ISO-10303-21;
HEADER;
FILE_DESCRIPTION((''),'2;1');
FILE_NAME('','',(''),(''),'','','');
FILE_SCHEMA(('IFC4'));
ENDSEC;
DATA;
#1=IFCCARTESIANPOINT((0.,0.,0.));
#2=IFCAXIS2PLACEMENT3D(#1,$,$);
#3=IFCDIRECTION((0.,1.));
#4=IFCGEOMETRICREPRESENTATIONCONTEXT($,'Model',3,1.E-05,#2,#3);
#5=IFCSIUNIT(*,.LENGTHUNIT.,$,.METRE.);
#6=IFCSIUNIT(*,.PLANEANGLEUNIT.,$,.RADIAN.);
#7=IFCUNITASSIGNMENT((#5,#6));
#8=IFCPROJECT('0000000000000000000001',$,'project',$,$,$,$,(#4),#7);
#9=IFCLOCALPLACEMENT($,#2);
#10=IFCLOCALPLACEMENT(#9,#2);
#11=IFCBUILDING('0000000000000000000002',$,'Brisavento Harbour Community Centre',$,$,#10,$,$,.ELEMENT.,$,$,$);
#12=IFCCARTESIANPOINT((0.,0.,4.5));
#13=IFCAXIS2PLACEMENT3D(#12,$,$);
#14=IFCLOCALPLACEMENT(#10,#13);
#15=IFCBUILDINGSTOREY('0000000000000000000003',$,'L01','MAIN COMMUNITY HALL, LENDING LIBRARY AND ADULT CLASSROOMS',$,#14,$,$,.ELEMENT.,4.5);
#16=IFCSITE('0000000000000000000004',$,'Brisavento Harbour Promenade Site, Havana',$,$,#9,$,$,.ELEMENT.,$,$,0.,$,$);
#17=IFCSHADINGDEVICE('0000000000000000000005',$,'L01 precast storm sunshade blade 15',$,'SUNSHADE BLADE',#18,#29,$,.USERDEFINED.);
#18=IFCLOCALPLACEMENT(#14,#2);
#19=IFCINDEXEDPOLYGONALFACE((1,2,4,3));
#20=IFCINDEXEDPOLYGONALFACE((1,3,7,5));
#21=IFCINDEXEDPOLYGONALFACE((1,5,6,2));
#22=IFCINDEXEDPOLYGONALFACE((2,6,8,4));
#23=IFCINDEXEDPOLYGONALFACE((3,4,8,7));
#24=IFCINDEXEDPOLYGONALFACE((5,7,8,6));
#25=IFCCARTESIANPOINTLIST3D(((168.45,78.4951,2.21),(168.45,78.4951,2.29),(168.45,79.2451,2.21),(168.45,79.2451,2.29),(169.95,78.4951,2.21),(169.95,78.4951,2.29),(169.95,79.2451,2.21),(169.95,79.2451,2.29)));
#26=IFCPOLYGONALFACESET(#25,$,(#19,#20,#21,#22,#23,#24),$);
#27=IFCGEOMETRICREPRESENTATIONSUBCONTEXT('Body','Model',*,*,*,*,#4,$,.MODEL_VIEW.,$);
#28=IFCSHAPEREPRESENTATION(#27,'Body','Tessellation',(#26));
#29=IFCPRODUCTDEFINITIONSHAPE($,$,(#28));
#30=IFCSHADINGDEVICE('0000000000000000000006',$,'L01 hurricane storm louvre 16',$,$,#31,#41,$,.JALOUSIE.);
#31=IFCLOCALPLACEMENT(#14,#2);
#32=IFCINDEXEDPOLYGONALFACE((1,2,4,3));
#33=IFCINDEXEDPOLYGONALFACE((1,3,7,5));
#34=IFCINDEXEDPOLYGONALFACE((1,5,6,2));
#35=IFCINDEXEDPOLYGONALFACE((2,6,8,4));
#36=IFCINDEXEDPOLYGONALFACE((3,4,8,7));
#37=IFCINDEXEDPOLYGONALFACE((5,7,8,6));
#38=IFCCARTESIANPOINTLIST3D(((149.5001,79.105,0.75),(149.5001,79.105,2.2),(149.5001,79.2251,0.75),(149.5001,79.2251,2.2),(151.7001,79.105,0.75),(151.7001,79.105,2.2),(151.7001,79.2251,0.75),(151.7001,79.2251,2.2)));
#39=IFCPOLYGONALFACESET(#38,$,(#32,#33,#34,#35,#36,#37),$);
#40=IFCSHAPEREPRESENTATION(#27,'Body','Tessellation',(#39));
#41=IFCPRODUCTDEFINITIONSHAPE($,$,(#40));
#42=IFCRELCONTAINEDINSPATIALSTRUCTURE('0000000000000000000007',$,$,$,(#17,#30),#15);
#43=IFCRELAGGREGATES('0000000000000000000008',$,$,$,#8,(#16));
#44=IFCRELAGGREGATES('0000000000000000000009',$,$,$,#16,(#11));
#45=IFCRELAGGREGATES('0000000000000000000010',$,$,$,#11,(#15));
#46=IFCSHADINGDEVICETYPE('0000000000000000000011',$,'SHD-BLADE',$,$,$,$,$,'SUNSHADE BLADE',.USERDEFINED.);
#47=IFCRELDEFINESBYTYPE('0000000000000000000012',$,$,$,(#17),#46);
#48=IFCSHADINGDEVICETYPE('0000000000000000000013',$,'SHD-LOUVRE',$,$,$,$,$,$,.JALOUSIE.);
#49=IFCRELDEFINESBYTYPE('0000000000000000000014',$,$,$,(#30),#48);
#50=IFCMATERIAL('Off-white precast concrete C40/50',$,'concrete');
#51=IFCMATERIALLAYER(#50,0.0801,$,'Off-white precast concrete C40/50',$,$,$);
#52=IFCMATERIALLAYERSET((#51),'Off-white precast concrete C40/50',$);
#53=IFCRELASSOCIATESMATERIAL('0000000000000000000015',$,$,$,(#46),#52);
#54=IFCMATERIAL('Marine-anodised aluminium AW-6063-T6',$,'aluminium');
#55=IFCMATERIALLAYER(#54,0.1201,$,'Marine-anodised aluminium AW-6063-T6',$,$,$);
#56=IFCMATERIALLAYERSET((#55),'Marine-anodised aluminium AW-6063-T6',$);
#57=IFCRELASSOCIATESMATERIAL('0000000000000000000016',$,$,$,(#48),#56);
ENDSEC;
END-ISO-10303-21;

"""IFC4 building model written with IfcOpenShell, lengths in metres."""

from ifc_helpers import new_model, si_unit, direction, frame, origin, origin_2d, place, context, subcontext, project, spatial, rectangle, extrude, material, layer, layer_set, type_object, element, save


model = new_model("IFC4")

# Units and contexts
model_context = context("Model", 3, precision=1e-05, world=origin(), true_north=direction((0.0, 1.0)))
body_context = subcontext(model_context, "Body", "Model", "MODEL_VIEW")
ifc_project = project(units=[si_unit("LENGTHUNIT", "METRE"), si_unit("PLANEANGLEUNIT", "RADIAN")], contexts=[model_context])

# Site, building, storey
site_placement = place(None, origin())
site = spatial("IfcSite", under=ifc_project, at=site_placement, Name="Brisavento Harbour Promenade Site, Havana", CompositionType="ELEMENT", RefElevation=0.0)
building_placement = place(site_placement, origin())
building = spatial("IfcBuilding", under=site, at=building_placement, Name="Brisavento Harbour Community Centre", CompositionType="ELEMENT")
storey_placement = place(building_placement, frame((0.0, 0.0, 4.5)))
storey = spatial("IfcBuildingStorey", under=building, at=storey_placement, Name="L01", Description="MAIN COMMUNITY HALL, LENDING LIBRARY AND ADULT CLASSROOMS", CompositionType="ELEMENT", Elevation=4.5)

# Shared definitions
ifc_material_1 = material(Name="Marine-anodised aluminium AW-6063-T6", Category="aluminium")

# Shading devices
ifc_material_2 = material(Name="Off-white precast concrete C40/50", Category="concrete")
ifc_layer_1 = layer(ifc_material_2, 0.0801, Name="Off-white precast concrete C40/50")
ifc_layer_set_1 = layer_set([ifc_layer_1], Name="Off-white precast concrete C40/50")
shading_device_type_1 = type_object("IfcShadingDeviceType", Name="SHD-BLADE", ElementType="SUNSHADE BLADE", PredefinedType="USERDEFINED", material=ifc_layer_set_1)
shading_device_1_placement = place(storey_placement, frame((169.2, 78.8701, 2.21), z_axis=(0.0, 0.0, 1.0), x_axis=(-1.0, 0.0, 0.0)))
element("IfcShadingDevice", 1, at=shading_device_1_placement, inside=storey, type_object=shading_device_type_1, Name="L01 precast storm sunshade blade 15", ObjectType="SUNSHADE BLADE", PredefinedType="USERDEFINED", context=body_context, shape_type="SweptSolid", body=[
    extrude(rectangle(XDim=1.5, YDim=0.75, at=origin_2d()), origin(), (0.0, 0.0, 1.0), 0.0801),
])
ifc_layer_2 = layer(ifc_material_1, 0.1201, Name="Marine-anodised aluminium AW-6063-T6")
ifc_layer_set_2 = layer_set([ifc_layer_2], Name="Marine-anodised aluminium AW-6063-T6")
shading_device_type_2 = type_object("IfcShadingDeviceType", Name="SHD-LOUVRE", PredefinedType="JALOUSIE", material=ifc_layer_set_2)
shading_device_2_placement = place(storey_placement, frame((150.6001, 79.165, 0.75), z_axis=(0.0, 0.0, 1.0), x_axis=(-1.0, 0.0, 0.0)))
element("IfcShadingDevice", 2, at=shading_device_2_placement, inside=storey, type_object=shading_device_type_2, Name="L01 hurricane storm louvre 16", PredefinedType="JALOUSIE", context=body_context, shape_type="SweptSolid", body=[
    extrude(rectangle(XDim=2.2, YDim=0.1201, at=origin_2d()), origin(), (0.0, 0.0, 1.0), 1.45),
])

save(model, "model.ifc")
